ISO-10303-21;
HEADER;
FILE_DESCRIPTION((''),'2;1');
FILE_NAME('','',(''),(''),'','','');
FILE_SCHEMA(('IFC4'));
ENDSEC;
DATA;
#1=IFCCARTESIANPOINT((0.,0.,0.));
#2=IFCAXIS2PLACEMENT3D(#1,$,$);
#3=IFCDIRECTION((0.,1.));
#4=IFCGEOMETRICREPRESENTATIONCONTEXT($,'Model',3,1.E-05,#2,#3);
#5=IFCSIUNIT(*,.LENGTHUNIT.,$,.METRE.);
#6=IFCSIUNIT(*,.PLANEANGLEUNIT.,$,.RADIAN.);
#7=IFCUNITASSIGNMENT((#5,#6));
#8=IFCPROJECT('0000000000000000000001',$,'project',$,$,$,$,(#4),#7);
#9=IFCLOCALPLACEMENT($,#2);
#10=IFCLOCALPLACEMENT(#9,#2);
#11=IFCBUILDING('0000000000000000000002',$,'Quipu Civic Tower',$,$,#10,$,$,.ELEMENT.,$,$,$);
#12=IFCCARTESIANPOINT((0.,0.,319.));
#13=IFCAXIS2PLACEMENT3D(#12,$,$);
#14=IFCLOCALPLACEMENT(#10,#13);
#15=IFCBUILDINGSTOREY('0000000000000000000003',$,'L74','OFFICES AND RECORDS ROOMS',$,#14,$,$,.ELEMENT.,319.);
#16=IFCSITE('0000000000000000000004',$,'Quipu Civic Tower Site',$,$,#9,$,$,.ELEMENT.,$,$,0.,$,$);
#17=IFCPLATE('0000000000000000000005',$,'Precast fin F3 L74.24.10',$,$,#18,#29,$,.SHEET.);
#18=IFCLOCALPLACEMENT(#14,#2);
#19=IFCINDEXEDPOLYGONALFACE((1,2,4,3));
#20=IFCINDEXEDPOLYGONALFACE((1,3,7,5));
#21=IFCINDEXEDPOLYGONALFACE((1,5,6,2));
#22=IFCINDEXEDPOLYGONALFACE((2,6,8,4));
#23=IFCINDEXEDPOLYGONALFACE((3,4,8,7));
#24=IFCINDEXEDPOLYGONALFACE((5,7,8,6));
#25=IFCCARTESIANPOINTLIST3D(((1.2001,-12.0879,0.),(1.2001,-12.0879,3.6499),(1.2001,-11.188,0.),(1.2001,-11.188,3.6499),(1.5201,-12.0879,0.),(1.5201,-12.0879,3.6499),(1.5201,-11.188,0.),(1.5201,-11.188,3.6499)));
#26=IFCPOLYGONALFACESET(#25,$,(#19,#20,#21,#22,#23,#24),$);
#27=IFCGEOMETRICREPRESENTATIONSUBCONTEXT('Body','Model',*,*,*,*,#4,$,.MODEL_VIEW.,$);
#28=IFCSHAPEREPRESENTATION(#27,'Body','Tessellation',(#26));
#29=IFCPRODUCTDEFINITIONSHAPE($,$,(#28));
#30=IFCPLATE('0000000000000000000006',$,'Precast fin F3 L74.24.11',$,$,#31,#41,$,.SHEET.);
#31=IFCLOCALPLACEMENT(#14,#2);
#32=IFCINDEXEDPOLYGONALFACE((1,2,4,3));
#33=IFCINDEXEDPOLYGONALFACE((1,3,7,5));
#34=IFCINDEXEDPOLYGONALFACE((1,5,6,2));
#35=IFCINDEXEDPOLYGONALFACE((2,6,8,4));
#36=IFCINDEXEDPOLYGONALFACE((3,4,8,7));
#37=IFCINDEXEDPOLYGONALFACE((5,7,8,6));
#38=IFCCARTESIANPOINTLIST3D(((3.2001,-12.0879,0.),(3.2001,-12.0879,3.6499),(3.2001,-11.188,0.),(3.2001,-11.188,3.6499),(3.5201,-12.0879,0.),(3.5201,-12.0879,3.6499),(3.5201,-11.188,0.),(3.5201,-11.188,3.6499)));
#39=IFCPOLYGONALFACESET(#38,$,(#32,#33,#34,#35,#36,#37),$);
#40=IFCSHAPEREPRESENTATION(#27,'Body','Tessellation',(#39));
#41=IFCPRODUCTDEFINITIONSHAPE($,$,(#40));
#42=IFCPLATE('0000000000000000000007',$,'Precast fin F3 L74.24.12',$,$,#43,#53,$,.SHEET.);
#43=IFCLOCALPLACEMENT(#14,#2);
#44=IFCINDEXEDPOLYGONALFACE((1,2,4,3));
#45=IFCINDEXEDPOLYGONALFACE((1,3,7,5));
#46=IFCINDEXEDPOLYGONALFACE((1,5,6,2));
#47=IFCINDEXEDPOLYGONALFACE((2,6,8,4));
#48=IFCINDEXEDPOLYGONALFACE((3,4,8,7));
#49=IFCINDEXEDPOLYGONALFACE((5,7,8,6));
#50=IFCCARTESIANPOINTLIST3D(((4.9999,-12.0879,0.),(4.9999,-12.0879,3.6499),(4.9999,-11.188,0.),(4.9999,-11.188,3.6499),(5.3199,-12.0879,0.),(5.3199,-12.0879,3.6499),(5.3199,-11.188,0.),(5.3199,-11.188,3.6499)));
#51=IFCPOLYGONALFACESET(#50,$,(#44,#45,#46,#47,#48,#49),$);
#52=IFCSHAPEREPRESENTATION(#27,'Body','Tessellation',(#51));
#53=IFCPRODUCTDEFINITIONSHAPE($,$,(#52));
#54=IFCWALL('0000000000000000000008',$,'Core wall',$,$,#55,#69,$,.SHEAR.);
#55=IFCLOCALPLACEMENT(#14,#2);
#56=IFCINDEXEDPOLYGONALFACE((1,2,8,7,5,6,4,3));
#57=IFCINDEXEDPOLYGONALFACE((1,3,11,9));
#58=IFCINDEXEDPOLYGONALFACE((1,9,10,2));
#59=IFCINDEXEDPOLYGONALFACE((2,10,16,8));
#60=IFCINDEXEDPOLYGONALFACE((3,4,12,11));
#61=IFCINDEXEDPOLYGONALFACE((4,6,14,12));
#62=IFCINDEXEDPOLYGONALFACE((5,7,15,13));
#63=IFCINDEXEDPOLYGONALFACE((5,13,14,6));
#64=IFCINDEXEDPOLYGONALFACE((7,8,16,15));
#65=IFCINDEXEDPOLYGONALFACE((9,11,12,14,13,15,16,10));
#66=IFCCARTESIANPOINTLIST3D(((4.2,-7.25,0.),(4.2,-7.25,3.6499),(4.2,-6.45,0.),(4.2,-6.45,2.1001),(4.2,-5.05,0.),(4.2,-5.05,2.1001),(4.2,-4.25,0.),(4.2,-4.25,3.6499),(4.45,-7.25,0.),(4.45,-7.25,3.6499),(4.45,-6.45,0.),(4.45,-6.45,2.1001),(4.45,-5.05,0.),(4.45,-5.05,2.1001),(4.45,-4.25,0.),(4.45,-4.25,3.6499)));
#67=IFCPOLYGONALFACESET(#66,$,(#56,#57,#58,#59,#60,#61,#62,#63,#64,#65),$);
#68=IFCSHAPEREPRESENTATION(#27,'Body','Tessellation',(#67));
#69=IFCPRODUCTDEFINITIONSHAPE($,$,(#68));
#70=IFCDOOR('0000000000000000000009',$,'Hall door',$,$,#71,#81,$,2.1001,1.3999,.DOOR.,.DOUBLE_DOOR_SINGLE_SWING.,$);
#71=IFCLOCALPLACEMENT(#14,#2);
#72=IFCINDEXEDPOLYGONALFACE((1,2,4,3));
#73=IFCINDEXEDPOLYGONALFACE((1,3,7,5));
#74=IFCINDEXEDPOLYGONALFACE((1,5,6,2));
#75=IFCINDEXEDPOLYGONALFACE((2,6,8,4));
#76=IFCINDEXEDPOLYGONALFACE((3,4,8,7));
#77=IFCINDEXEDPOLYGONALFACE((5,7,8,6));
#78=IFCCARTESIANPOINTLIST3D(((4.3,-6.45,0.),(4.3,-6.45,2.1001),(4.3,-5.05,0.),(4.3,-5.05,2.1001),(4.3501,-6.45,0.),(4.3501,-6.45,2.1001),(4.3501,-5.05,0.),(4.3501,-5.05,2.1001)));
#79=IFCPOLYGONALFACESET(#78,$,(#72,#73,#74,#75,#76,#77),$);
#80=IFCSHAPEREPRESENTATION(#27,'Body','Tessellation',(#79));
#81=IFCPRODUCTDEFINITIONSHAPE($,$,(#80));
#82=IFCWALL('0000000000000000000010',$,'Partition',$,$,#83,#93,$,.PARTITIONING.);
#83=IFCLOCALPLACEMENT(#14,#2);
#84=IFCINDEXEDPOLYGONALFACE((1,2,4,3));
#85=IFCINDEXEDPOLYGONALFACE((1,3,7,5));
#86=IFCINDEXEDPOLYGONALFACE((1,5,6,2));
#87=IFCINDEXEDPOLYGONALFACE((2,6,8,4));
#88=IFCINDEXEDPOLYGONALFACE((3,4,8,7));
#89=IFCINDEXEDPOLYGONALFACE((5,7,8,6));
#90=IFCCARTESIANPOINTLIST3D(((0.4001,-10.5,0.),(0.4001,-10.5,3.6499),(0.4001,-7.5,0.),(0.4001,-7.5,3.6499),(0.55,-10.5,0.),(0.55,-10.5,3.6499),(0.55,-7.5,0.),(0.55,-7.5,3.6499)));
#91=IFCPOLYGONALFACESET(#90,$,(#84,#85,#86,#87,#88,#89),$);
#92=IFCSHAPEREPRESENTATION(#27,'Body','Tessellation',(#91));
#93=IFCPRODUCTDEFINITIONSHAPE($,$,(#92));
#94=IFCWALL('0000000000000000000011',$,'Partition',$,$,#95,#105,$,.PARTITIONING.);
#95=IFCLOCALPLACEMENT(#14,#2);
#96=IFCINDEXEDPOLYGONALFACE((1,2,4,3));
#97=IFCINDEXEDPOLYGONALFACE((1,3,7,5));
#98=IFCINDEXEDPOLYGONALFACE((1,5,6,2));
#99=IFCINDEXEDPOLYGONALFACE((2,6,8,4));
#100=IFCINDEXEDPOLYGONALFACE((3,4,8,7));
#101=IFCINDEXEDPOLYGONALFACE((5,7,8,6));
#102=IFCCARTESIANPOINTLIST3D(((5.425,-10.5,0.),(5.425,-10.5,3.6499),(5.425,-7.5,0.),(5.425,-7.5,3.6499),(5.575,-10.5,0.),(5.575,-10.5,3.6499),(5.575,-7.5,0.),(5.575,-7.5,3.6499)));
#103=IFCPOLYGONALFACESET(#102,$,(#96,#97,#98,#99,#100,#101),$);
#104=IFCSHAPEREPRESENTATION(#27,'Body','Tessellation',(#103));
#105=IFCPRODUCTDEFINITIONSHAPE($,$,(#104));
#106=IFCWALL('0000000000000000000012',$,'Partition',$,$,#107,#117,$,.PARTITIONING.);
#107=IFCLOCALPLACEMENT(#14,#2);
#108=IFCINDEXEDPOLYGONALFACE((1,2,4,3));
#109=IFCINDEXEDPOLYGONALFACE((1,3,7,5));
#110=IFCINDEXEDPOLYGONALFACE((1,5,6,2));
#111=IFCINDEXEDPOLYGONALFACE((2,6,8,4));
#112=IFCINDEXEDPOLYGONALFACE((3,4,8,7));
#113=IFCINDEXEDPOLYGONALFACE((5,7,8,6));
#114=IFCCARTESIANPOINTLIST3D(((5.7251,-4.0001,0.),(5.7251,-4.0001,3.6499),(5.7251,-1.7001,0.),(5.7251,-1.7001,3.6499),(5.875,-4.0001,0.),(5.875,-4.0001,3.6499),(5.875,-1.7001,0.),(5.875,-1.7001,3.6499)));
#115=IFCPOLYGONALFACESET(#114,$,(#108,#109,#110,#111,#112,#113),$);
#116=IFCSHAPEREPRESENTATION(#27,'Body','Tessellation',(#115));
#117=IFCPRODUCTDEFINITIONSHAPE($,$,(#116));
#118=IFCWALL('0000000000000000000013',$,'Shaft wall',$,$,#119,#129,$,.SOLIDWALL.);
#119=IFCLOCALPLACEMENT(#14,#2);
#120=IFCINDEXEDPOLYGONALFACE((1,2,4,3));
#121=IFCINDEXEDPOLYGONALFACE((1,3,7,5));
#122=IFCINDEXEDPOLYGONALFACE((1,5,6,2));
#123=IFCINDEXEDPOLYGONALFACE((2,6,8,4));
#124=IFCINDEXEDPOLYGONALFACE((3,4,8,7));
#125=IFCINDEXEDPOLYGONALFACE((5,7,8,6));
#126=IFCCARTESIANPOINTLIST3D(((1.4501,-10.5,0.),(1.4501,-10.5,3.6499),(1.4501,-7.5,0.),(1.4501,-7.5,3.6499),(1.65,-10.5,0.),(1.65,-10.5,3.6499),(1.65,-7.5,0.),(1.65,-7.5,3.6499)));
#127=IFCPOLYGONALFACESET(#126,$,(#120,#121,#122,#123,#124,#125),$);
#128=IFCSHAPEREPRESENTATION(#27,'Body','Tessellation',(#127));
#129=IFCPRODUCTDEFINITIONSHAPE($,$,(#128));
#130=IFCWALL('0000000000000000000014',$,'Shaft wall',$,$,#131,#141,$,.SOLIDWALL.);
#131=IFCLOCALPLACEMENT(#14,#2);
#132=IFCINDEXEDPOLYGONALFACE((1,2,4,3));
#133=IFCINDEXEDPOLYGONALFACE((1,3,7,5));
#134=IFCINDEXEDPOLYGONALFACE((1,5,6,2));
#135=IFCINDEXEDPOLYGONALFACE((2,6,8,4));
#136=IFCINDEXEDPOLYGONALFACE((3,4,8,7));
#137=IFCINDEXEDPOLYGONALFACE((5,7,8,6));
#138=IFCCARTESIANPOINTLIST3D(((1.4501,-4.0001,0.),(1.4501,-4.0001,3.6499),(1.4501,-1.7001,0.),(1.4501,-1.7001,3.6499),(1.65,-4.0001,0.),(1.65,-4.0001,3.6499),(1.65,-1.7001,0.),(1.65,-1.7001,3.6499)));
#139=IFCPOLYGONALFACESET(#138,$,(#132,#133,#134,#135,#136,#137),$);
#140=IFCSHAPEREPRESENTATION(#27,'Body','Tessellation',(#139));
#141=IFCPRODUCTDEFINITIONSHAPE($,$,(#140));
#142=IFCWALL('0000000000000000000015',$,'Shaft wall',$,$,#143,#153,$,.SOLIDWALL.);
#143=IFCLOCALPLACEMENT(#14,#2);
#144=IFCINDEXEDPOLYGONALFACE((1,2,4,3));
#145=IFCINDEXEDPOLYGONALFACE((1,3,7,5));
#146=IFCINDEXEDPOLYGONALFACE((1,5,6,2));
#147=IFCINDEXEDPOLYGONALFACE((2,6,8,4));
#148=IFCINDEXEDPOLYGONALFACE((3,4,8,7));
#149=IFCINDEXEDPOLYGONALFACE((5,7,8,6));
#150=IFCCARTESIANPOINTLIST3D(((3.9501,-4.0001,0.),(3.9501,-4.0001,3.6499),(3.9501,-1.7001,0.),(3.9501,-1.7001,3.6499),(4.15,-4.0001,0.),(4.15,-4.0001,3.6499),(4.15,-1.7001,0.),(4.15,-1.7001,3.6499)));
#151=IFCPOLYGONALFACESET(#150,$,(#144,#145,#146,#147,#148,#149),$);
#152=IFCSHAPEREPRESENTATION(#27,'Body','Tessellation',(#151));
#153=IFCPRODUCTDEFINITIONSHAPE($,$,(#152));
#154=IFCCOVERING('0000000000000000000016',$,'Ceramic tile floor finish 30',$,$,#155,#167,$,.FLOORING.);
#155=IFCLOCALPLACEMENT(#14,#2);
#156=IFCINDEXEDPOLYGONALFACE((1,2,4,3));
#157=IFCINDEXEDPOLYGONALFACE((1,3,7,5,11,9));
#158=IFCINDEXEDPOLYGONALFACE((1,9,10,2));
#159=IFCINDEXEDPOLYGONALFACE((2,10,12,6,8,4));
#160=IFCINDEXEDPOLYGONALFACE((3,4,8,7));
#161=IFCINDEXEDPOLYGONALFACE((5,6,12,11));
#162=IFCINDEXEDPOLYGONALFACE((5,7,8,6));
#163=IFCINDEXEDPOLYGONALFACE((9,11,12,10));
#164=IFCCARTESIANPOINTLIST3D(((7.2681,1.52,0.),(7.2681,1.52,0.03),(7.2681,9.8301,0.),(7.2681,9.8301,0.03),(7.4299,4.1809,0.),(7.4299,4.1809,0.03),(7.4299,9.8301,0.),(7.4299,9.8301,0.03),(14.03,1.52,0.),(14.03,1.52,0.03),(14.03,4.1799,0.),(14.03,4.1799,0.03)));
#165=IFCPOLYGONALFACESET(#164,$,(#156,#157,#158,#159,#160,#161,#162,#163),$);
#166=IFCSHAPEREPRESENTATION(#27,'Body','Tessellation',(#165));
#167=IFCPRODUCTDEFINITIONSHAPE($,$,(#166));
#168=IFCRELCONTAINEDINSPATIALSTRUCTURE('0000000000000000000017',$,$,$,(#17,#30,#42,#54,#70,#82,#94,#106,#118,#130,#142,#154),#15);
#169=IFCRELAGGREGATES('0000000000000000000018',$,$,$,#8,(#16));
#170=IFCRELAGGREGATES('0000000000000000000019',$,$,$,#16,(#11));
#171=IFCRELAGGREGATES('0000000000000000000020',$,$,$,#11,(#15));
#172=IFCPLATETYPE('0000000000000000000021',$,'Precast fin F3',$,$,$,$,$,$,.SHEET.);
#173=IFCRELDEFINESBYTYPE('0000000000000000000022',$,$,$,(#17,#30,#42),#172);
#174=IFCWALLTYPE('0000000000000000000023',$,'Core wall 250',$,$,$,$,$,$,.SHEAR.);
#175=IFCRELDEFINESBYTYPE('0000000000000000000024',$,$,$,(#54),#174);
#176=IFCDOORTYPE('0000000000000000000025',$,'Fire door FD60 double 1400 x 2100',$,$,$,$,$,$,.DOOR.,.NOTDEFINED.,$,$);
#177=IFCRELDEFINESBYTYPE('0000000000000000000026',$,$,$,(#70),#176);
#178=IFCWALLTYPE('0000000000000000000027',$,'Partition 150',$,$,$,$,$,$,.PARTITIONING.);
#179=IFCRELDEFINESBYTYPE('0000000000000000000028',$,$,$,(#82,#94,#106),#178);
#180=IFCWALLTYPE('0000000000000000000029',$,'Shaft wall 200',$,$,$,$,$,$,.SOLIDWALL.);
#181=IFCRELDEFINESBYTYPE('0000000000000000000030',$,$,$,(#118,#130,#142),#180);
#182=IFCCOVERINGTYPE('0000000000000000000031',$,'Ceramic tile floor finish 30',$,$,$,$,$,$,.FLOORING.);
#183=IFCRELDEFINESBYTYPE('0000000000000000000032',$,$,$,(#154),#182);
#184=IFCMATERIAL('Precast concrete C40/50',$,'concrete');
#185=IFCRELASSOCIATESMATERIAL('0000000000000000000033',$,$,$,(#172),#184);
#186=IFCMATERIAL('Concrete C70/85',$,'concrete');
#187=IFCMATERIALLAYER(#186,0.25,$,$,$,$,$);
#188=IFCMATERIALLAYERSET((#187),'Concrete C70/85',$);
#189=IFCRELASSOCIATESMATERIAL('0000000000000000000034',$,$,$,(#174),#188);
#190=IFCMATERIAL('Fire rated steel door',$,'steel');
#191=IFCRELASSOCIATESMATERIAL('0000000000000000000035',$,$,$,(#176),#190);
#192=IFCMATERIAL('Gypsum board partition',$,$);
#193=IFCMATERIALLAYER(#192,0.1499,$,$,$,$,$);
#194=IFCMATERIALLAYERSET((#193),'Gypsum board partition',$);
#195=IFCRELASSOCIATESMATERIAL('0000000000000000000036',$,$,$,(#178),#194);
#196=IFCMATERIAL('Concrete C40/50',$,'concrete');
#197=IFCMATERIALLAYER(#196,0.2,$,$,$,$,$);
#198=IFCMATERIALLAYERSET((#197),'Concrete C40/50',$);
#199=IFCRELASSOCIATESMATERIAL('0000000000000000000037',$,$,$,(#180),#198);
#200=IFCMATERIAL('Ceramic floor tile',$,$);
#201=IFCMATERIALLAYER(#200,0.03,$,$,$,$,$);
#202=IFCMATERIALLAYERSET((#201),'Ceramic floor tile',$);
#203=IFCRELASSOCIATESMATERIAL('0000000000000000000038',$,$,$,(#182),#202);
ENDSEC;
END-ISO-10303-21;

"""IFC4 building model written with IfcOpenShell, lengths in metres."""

from ifc_helpers import new_model, si_unit, direction, frame, frame_2d, origin, origin_2d, place, context, subcontext, project, spatial, polyline, rectangle, outline, extrude, material, layer, layer_set, type_object, element, fill, save


model = new_model("IFC4")

# Units and contexts
model_context = context("Model", 3, precision=1e-05, world=origin(), true_north=direction((0.0, 1.0)))
body_context = subcontext(model_context, "Body", "Model", "MODEL_VIEW")
ifc_project = project(units=[si_unit("LENGTHUNIT", "METRE"), si_unit("PLANEANGLEUNIT", "RADIAN")], contexts=[model_context])

# Site, building, storey
site_placement = place(None, origin())
site = spatial("IfcSite", under=ifc_project, at=site_placement, Name="Quipu Civic Tower Site", CompositionType="ELEMENT", RefElevation=0.0)
building_placement = place(site_placement, origin())
building = spatial("IfcBuilding", under=site, at=building_placement, Name="Quipu Civic Tower", CompositionType="ELEMENT")
storey_placement = place(building_placement, frame((0.0, 0.0, 319.0)))
storey = spatial("IfcBuildingStorey", under=building, at=storey_placement, Name="L74", Description="OFFICES AND RECORDS ROOMS", CompositionType="ELEMENT", Elevation=319.0)

# Plates
ifc_material_1 = material(Name="Precast concrete C40/50", Category="concrete")
plate_type = type_object("IfcPlateType", Name="Precast fin F3", PredefinedType="SHEET", material=ifc_material_1)
for number, where, z_axis, x_axis, name in (
    (1, (1.3601, -11.6379, 0.0), (0.0, 0.0, 1.0), (1.0, 0.0, 0.0), "Precast fin F3 L74.24.10"),
    (2, (3.3601, -11.6379, 0.0), (0.0, 0.0, 1.0), (1.0, 0.0, 0.0), "Precast fin F3 L74.24.11"),
    (3, (5.1599, -11.6379, 0.0), (0.0, 0.0, 1.0), (1.0, 0.0, 0.0), "Precast fin F3 L74.24.12"),
):
    element("IfcPlate", number, at=place(storey_placement, frame(where, z_axis=z_axis, x_axis=x_axis)), inside=storey, type_object=plate_type, Name=name, PredefinedType="SHEET", context=body_context, shape_type="SweptSolid", body=[
        extrude(rectangle(XDim=0.3201, YDim=0.8999, at=origin_2d()), origin(), (0.0, 0.0, 1.0), 3.6499),
    ])

# Wall, opening, door
ifc_material_2 = material(Name="Concrete C70/85", Category="concrete")
ifc_layer_1 = layer(ifc_material_2, 0.25)
ifc_layer_set_1 = layer_set([ifc_layer_1], Name="Concrete C70/85")
wall_type_1 = type_object("IfcWallType", Name="Core wall 250", PredefinedType="SHEAR", material=ifc_layer_set_1)
wall_1_placement = place(storey_placement, frame((4.325, -7.25, 0.0), z_axis=(0.0, 0.0, 1.0), x_axis=(0.0, 1.0, 0.0)))
wall_1 = element("IfcWall", 4, at=wall_1_placement, inside=storey, type_object=wall_type_1, Name="Core wall", PredefinedType="SHEAR", context=body_context, shape_type="SweptSolid", body=[
    extrude(rectangle(XDim=3.0, YDim=0.25, at=frame_2d((1.5, 0.0))), origin(), (0.0, 0.0, 1.0), 3.6499),
])
opening_placement = place(wall_1_placement, frame((0.8, 0.0, 0.0)))
opening = element("IfcOpeningElement", 5, at=opening_placement, cuts=wall_1, PredefinedType="OPENING", context=body_context, shape_type="SweptSolid", body=[
    extrude(rectangle(XDim=1.3999, YDim=2.1001, at=frame_2d((0.7, 1.05))), frame((0.0, 0.135, 0.0), z_axis=(0.0, -1.0, 0.0), x_axis=(1.0, 0.0, 0.0)), (0.0, 0.0, 1.0), 0.27),
])
ifc_material_3 = material(Name="Fire rated steel door", Category="steel")
door_type = type_object("IfcDoorType", Name="Fire door FD60 double 1400 x 2100", OperationType="NOTDEFINED", PredefinedType="DOOR", material=ifc_material_3)
door_placement = place(opening_placement, origin())
door = element("IfcDoor", 6, at=door_placement, inside=storey, type_object=door_type, Name="Hall door", OperationType="DOUBLE_DOOR_SINGLE_SWING", OverallHeight=2.1001, OverallWidth=1.3999, PredefinedType="DOOR", context=body_context, shape_type="SweptSolid", body=[
    extrude(rectangle(XDim=1.3999, YDim=2.1001, at=frame_2d((0.7, 1.05))), frame((0.0, 0.0249, 0.0), z_axis=(0.0, -1.0, 0.0), x_axis=(1.0, 0.0, 0.0)), (0.0, 0.0, 1.0), 0.05),
])
fill(opening, door)

# Walls
ifc_material_4 = material(Name="Gypsum board partition")
ifc_layer_2 = layer(ifc_material_4, 0.1499)
ifc_layer_set_2 = layer_set([ifc_layer_2], Name="Gypsum board partition")
wall_type_2 = type_object("IfcWallType", Name="Partition 150", PredefinedType="PARTITIONING", material=ifc_layer_set_2)
for number, where, z_axis, x_axis, name in (
    (7, (0.4751, -10.5, 0.0), (0.0, 0.0, 1.0), (0.0, 1.0, 0.0), "Partition"),
    (8, (5.5, -10.5, 0.0), (0.0, 0.0, 1.0), (0.0, 1.0, 0.0), "Partition"),
):
    element("IfcWall", number, at=place(storey_placement, frame(where, z_axis=z_axis, x_axis=x_axis)), inside=storey, type_object=wall_type_2, Name=name, PredefinedType="PARTITIONING", context=body_context, shape_type="SweptSolid", body=[
        extrude(rectangle(XDim=3.0, YDim=0.1499, at=frame_2d((1.5, 0.0))), origin(), (0.0, 0.0, 1.0), 3.6499),
    ])
wall_2_placement = place(storey_placement, frame((5.8, -4.0, 0.0), z_axis=(0.0, 0.0, 1.0), x_axis=(0.0, 1.0, 0.0)))
element("IfcWall", 9, at=wall_2_placement, inside=storey, type_object=wall_type_2, Name="Partition", PredefinedType="PARTITIONING", context=body_context, shape_type="SweptSolid", body=[
    extrude(rectangle(XDim=2.3, YDim=0.1499, at=frame_2d((1.1499, 0.0))), origin(), (0.0, 0.0, 1.0), 3.6499),
])
ifc_material_5 = material(Name="Concrete C40/50", Category="concrete")
ifc_layer_3 = layer(ifc_material_5, 0.2)
ifc_layer_set_3 = layer_set([ifc_layer_3], Name="Concrete C40/50")
wall_type_3 = type_object("IfcWallType", Name="Shaft wall 200", PredefinedType="SOLIDWALL", material=ifc_layer_set_3)
wall_3_placement = place(storey_placement, frame((1.55, -10.5, 0.0), z_axis=(0.0, 0.0, 1.0), x_axis=(0.0, 1.0, 0.0)))
element("IfcWall", 10, at=wall_3_placement, inside=storey, type_object=wall_type_3, Name="Shaft wall", PredefinedType="SOLIDWALL", context=body_context, shape_type="SweptSolid", body=[
    extrude(rectangle(XDim=3.0, YDim=0.2, at=frame_2d((1.5, 0.0))), origin(), (0.0, 0.0, 1.0), 3.6499),
])
for number, where, z_axis, x_axis, name in (
    (11, (1.55, -4.0, 0.0), (0.0, 0.0, 1.0), (0.0, 1.0, 0.0), "Shaft wall"),
    (12, (4.05, -4.0, 0.0), (0.0, 0.0, 1.0), (0.0, 1.0, 0.0), "Shaft wall"),
):
    element("IfcWall", number, at=place(storey_placement, frame(where, z_axis=z_axis, x_axis=x_axis)), inside=storey, type_object=wall_type_3, Name=name, PredefinedType="SOLIDWALL", context=body_context, shape_type="SweptSolid", body=[
        extrude(rectangle(XDim=2.3, YDim=0.2, at=frame_2d((1.1499, 0.0))), origin(), (0.0, 0.0, 1.0), 3.6499),
    ])

# Covering
ifc_material_6 = material(Name="Ceramic floor tile")
ifc_layer_4 = layer(ifc_material_6, 0.03)
ifc_layer_set_4 = layer_set([ifc_layer_4], Name="Ceramic floor tile")
covering_type = type_object("IfcCoveringType", Name="Ceramic tile floor finish 30", PredefinedType="FLOORING", material=ifc_layer_set_4)
covering_placement = place(storey_placement, origin())
element("IfcCovering", 13, at=covering_placement, inside=storey, type_object=covering_type, Name="Ceramic tile floor finish 30", PredefinedType="FLOORING", context=body_context, shape_type="SweptSolid", body=[
    extrude(outline(polyline([(7.2681, 1.52), (7.2681, 9.8301), (7.4299, 9.8301), (7.4299, 4.1809), (14.03, 4.1799), (14.03, 1.52), (7.2681, 1.52)])), origin(), (0.0, 0.0, 1.0), 0.03),
])

save(model, "model.ifc")
